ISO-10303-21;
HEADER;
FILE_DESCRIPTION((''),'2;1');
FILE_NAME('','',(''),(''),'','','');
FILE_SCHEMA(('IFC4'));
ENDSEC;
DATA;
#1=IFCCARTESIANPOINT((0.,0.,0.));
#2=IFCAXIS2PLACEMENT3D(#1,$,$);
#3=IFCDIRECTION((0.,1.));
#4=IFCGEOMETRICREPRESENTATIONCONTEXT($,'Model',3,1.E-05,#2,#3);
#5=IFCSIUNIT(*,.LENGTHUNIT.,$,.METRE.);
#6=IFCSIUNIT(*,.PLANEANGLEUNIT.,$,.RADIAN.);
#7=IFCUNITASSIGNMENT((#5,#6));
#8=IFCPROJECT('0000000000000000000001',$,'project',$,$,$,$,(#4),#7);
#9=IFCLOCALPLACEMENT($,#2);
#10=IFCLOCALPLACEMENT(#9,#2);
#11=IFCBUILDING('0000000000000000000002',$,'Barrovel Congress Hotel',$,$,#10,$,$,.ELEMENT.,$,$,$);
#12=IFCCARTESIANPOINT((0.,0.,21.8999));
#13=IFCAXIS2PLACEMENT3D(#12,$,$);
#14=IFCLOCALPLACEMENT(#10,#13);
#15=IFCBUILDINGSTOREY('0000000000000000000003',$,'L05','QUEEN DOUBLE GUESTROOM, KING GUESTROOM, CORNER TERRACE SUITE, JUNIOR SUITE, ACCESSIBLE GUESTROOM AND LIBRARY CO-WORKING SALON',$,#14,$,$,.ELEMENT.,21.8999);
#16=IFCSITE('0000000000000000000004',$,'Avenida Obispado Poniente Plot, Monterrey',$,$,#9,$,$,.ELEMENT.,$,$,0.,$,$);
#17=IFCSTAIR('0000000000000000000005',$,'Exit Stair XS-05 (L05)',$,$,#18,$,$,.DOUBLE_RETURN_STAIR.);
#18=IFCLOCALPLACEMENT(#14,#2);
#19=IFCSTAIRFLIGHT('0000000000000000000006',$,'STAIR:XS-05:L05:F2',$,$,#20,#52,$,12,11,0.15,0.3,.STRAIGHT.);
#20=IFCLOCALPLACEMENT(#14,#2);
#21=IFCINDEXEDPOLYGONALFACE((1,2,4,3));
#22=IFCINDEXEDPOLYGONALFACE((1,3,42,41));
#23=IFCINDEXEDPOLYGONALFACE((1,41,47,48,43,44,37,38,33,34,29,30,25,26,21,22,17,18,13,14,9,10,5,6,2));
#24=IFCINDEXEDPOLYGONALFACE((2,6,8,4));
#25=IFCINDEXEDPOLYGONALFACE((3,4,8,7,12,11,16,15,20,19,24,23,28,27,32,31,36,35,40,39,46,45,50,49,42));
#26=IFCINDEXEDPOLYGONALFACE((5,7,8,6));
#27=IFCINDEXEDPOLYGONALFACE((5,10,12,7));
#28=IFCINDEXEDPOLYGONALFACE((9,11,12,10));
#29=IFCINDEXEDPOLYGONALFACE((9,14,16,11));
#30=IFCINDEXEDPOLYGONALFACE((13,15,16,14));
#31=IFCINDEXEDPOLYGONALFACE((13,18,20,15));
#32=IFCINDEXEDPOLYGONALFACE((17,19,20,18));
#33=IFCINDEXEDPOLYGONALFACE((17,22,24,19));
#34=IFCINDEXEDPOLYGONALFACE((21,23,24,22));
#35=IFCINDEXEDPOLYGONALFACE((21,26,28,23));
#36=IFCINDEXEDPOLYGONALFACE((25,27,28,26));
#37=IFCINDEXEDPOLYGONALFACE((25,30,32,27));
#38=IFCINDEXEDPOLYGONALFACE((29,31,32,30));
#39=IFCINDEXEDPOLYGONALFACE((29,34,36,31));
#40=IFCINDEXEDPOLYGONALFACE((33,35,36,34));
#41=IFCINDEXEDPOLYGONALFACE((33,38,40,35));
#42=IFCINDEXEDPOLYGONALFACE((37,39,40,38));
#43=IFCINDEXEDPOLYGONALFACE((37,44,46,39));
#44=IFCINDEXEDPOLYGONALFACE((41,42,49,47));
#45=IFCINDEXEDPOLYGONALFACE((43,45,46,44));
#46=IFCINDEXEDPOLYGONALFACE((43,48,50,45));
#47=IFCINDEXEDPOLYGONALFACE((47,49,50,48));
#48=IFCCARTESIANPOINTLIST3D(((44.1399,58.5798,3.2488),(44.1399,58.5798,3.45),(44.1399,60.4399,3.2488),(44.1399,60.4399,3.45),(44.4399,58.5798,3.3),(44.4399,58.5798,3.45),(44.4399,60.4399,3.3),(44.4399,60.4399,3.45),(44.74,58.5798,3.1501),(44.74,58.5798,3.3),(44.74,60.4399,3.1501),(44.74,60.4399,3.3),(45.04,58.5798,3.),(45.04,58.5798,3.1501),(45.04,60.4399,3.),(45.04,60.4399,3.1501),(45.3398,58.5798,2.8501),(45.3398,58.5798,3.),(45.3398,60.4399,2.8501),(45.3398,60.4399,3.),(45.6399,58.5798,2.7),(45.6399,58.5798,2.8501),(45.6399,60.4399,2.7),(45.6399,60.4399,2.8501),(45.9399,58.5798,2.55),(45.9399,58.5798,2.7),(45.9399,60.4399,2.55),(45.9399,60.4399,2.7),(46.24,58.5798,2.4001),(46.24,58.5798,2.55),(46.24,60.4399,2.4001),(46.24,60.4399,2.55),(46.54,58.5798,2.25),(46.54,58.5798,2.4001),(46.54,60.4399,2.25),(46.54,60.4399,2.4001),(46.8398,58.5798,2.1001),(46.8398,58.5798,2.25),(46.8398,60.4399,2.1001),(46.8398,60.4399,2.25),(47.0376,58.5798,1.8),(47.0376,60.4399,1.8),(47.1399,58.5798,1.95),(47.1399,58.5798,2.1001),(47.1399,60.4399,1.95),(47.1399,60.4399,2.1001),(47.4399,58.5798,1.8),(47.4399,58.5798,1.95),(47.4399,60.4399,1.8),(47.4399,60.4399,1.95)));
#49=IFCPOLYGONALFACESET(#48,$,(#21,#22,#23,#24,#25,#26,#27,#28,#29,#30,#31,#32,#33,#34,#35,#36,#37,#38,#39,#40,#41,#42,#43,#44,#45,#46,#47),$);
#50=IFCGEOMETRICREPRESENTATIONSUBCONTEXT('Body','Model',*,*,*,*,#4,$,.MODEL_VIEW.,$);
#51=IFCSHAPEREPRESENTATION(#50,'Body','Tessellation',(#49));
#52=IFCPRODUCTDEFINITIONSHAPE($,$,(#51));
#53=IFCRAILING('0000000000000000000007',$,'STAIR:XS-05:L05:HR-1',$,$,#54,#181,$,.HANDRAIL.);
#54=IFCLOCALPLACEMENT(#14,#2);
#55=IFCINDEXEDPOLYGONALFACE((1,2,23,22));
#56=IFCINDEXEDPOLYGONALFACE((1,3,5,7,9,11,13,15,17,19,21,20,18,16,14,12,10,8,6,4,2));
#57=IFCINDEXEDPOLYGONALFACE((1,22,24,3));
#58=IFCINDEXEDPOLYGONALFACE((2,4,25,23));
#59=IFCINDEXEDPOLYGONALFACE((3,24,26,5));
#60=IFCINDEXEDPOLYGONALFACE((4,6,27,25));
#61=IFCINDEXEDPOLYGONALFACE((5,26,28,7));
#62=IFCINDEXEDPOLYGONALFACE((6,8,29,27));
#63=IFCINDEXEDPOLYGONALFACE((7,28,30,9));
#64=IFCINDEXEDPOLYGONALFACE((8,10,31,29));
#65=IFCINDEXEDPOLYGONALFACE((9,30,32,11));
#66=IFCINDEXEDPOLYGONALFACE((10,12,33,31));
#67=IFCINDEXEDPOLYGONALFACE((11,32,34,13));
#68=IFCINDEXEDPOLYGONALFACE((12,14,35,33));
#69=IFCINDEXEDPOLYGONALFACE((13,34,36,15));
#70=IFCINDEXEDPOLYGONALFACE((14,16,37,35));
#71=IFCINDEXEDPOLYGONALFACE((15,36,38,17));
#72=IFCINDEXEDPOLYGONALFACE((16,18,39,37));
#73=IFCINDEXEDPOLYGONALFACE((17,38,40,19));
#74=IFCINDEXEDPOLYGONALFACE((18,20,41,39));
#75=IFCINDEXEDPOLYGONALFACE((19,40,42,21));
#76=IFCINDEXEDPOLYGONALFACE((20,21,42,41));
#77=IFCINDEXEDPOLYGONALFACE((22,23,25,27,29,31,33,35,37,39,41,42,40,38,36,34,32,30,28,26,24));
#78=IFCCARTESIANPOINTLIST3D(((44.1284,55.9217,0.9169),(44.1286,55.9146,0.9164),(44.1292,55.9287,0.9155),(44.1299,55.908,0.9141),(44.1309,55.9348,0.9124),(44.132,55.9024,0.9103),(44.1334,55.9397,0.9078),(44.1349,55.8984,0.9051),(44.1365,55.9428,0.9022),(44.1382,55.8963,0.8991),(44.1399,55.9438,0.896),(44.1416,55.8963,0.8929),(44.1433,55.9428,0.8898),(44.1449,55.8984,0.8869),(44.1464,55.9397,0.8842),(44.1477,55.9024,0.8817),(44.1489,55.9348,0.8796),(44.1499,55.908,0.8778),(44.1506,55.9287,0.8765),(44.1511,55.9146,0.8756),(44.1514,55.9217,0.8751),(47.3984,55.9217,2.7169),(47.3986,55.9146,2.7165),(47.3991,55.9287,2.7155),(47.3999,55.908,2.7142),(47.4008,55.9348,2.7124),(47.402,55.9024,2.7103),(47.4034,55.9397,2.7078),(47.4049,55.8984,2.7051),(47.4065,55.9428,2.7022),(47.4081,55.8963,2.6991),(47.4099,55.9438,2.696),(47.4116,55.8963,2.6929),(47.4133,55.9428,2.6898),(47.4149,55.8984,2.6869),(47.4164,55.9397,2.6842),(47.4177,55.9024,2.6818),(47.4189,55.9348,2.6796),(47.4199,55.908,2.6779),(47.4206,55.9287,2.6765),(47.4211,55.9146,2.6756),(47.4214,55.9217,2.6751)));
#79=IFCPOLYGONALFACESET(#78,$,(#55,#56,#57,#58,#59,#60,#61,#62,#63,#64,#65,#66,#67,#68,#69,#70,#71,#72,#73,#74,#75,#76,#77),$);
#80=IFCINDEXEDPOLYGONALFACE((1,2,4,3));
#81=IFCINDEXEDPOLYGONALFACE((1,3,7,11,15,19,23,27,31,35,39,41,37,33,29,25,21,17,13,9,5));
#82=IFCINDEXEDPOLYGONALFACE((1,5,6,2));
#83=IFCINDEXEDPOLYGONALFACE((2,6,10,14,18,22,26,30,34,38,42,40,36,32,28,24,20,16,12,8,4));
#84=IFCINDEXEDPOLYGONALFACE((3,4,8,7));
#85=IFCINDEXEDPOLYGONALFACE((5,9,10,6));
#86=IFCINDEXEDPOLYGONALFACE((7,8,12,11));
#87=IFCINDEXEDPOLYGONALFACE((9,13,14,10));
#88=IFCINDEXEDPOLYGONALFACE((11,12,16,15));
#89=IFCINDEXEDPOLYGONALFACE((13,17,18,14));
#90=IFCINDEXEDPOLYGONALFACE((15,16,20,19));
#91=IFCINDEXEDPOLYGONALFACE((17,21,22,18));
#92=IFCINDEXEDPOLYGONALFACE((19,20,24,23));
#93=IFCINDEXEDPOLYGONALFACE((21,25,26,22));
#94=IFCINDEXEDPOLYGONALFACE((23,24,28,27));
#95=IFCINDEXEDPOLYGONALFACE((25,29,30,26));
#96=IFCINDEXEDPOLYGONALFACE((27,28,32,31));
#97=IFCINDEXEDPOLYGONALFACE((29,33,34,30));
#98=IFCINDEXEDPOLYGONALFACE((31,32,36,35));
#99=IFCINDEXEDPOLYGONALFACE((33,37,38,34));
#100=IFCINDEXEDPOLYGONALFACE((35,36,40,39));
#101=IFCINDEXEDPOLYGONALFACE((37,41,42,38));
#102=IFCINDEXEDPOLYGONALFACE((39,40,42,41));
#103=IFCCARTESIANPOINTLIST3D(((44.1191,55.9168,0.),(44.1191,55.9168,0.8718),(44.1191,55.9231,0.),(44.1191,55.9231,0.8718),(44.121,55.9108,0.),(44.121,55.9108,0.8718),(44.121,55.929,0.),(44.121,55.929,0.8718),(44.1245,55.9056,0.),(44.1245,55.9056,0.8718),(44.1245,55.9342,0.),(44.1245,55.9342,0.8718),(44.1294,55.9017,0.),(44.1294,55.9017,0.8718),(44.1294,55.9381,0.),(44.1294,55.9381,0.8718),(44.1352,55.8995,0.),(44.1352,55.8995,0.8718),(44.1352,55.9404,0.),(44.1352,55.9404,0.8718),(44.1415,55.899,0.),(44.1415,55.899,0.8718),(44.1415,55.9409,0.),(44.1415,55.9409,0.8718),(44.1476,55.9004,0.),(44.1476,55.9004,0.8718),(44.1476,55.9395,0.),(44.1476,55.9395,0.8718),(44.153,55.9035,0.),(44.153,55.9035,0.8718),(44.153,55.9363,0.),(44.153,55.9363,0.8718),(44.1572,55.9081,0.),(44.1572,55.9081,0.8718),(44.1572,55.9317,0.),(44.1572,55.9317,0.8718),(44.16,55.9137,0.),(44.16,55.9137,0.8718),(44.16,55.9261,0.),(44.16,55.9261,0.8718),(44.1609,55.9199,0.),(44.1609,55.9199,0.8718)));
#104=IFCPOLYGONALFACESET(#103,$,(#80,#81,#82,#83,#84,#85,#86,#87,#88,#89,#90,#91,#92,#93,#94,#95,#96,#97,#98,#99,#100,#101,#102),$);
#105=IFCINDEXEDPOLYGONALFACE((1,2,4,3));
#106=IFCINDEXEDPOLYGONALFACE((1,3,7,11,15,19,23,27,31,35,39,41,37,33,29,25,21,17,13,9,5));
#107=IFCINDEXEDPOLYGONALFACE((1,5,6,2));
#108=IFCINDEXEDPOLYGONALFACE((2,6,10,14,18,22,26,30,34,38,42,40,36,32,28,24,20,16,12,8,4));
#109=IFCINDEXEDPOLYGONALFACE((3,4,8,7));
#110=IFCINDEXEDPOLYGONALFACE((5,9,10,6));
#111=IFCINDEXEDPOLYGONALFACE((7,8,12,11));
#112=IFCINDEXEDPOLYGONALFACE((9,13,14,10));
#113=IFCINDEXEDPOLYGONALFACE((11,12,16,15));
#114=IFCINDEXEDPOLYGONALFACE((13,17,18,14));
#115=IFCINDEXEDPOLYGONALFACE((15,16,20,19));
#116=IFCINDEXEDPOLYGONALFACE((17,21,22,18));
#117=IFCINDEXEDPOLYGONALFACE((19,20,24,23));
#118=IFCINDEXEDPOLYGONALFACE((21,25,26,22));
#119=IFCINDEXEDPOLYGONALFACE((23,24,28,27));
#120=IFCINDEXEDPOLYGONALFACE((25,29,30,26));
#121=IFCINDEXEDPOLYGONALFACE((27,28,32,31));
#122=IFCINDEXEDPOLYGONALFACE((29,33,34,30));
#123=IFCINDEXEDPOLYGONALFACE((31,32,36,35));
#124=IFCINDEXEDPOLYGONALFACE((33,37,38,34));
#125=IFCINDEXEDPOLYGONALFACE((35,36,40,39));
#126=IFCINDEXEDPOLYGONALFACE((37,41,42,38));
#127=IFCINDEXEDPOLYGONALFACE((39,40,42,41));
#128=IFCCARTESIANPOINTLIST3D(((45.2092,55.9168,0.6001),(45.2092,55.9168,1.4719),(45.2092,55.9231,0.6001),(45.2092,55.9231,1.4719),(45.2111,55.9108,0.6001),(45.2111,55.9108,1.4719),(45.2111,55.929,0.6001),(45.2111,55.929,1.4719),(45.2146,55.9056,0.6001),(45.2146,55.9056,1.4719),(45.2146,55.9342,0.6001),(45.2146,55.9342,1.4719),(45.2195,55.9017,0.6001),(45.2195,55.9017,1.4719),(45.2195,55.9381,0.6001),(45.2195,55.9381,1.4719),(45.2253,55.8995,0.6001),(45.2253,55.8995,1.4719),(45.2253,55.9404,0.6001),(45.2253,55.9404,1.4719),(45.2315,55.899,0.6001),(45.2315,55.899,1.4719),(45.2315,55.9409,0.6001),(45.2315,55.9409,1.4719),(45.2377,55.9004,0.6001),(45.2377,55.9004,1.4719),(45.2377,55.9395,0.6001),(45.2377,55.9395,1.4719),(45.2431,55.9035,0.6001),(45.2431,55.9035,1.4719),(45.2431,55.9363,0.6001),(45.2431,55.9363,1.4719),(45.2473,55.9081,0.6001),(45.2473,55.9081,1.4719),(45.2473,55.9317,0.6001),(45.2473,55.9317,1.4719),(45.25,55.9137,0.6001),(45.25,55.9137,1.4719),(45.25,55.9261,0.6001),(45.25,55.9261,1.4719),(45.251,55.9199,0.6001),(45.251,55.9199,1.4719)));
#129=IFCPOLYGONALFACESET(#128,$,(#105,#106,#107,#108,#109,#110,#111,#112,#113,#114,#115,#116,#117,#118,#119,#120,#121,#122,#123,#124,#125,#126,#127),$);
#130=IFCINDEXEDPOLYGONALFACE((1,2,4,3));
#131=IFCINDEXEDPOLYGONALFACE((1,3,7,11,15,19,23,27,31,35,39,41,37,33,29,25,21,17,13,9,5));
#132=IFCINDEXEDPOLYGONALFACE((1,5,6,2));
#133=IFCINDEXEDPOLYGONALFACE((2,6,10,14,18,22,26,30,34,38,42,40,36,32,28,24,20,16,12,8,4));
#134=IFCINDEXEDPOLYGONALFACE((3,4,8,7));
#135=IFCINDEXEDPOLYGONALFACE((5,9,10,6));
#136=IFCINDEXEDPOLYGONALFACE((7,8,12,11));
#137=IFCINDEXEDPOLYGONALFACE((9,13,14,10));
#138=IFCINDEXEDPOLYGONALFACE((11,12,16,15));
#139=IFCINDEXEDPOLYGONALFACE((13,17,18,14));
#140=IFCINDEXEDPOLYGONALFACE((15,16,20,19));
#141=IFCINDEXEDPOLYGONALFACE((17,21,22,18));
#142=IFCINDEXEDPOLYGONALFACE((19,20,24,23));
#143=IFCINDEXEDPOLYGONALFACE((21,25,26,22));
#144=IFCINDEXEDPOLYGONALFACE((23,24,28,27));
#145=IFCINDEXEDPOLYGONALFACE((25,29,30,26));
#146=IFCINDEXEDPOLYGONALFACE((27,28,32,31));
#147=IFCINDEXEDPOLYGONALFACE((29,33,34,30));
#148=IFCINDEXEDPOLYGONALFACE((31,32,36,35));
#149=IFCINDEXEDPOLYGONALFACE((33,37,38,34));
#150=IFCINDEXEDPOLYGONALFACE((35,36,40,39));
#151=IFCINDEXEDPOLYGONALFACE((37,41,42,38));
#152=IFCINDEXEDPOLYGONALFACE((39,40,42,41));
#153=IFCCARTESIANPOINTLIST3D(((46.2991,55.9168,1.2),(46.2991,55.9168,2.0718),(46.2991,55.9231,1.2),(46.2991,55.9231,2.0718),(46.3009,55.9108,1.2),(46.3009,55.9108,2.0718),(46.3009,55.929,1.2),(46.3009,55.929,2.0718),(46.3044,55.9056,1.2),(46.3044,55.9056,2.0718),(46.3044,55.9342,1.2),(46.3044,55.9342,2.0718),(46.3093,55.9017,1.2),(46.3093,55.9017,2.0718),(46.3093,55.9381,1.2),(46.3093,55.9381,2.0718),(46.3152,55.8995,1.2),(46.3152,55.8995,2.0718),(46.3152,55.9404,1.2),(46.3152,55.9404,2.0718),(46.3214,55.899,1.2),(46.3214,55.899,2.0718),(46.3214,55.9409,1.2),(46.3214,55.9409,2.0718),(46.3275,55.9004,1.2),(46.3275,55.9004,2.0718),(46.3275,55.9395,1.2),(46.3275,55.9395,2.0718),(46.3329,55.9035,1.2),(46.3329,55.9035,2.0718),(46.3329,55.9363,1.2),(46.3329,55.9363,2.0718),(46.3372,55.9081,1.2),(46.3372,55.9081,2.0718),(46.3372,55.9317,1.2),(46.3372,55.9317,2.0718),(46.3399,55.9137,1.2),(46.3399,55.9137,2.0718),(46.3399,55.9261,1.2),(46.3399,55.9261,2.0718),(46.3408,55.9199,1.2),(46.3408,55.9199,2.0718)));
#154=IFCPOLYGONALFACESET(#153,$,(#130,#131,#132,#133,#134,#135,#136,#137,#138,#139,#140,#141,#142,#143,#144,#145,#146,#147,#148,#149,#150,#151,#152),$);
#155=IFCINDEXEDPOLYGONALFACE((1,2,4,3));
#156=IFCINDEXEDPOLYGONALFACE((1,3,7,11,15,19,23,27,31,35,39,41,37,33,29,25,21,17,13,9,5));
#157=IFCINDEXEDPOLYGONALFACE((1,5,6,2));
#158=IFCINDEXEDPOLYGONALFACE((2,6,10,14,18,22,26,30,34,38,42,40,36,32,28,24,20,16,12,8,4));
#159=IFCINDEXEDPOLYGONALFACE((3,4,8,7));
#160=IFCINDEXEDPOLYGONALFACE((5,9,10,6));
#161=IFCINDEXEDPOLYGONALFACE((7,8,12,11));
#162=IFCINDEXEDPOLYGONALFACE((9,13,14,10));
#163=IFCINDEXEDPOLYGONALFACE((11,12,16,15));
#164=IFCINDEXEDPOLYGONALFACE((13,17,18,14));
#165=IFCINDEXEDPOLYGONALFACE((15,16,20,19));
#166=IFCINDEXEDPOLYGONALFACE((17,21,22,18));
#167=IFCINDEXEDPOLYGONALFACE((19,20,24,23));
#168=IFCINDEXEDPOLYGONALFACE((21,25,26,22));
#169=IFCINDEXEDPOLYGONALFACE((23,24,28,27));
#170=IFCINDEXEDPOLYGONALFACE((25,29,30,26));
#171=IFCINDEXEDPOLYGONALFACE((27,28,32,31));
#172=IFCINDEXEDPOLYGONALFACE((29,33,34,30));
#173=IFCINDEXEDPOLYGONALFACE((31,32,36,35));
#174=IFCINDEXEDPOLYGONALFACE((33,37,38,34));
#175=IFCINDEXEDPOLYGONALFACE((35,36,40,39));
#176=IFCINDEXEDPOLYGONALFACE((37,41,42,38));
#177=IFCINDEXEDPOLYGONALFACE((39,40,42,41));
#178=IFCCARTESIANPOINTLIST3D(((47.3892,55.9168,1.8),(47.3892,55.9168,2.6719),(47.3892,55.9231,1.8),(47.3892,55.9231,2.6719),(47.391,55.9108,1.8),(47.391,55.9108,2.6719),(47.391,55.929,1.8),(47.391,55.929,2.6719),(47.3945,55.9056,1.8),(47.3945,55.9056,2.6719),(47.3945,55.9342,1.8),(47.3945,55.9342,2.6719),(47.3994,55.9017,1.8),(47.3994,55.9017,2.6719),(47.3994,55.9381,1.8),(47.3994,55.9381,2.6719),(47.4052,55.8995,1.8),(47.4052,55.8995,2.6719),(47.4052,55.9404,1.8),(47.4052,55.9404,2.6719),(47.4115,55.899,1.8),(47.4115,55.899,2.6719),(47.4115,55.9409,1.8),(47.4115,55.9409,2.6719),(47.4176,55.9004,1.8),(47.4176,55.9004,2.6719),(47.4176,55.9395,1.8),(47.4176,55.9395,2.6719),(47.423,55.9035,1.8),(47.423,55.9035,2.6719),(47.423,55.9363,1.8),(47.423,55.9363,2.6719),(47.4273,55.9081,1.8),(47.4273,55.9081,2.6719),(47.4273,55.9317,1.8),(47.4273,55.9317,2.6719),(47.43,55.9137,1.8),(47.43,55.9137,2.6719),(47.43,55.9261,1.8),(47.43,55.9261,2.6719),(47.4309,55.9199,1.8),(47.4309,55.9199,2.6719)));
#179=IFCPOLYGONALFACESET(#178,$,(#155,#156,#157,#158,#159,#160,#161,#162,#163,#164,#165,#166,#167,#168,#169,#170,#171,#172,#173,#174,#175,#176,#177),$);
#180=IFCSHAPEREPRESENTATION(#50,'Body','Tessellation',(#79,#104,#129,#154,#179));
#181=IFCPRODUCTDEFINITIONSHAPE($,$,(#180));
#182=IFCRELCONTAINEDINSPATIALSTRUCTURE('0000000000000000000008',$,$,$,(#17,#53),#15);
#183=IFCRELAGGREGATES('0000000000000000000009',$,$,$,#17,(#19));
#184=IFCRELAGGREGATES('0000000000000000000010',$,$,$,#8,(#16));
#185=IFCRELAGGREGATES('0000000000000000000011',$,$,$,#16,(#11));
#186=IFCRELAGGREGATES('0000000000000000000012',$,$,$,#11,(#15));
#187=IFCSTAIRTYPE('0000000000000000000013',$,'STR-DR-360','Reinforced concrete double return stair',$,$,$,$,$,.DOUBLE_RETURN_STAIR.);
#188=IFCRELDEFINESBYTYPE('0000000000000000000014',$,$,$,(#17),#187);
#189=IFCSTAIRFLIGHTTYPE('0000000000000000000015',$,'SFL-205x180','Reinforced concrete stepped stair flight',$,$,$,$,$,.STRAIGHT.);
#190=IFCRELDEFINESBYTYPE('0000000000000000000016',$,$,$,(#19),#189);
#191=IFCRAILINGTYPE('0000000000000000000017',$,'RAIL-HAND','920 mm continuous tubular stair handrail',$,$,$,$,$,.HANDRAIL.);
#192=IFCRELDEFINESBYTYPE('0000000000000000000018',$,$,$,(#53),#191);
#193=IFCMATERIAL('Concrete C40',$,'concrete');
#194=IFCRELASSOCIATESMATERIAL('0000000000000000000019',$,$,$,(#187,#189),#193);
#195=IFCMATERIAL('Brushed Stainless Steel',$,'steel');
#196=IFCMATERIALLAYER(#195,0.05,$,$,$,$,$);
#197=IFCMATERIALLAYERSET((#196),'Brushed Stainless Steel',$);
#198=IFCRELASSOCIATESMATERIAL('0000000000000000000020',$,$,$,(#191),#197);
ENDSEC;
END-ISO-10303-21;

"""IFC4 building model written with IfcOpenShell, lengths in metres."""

from ifc_helpers import new_model, si_unit, direction, frame, origin, origin_2d, place, context, subcontext, project, spatial, polyline, circle, outline, extrude, material, layer, layer_set, type_object, element, aggregate, save


model = new_model("IFC4")

# Units and contexts
model_context = context("Model", 3, precision=1e-05, world=origin(), true_north=direction((0.0, 1.0)))
body_context = subcontext(model_context, "Body", "Model", "MODEL_VIEW")
ifc_project = project(units=[si_unit("LENGTHUNIT", "METRE"), si_unit("PLANEANGLEUNIT", "RADIAN")], contexts=[model_context])

# Site, building, storey
site_placement = place(None, origin())
site = spatial("IfcSite", under=ifc_project, at=site_placement, Name="Avenida Obispado Poniente Plot, Monterrey", CompositionType="ELEMENT", RefElevation=0.0)
building_placement = place(site_placement, origin())
building = spatial("IfcBuilding", under=site, at=building_placement, Name="Barrovel Congress Hotel", CompositionType="ELEMENT")
storey_placement = place(building_placement, frame((0.0, 0.0, 21.8999)))
storey = spatial("IfcBuildingStorey", under=building, at=storey_placement, Name="L05", Description="QUEEN DOUBLE GUESTROOM, KING GUESTROOM, CORNER TERRACE SUITE, JUNIOR SUITE, ACCESSIBLE GUESTROOM AND LIBRARY CO-WORKING SALON", CompositionType="ELEMENT", Elevation=21.8999)

# Shared definitions
ifc_material_1 = material(Name="Concrete C40", Category="concrete")

# Stair, stair flight
stair_type = type_object("IfcStairType", Name="STR-DR-360", Description="Reinforced concrete double return stair", PredefinedType="DOUBLE_RETURN_STAIR", material=ifc_material_1)
stair_placement = place(storey_placement, origin())
stair = element("IfcStair", 1, at=stair_placement, inside=storey, type_object=stair_type, Name="Exit Stair XS-05 (L05)", PredefinedType="DOUBLE_RETURN_STAIR")
stair_flight_type = type_object("IfcStairFlightType", Name="SFL-205x180", Description="Reinforced concrete stepped stair flight", PredefinedType="STRAIGHT", material=ifc_material_1)
stair_flight_1_placement = place(storey_placement, frame((47.4399, 59.51, 1.8), z_axis=(0.0, 0.0, 1.0), x_axis=(-1.0, 0.0, 0.0)))
stair_flight_1 = element("IfcStairFlight", 2, at=stair_flight_1_placement, type_object=stair_flight_type, Name="STAIR:XS-05:L05:F2", NumberOfRisers=12, NumberOfTreads=11, PredefinedType="STRAIGHT", RiserHeight=0.15, TreadLength=0.3, context=body_context, shape_type="SweptSolid", body=[
    extrude(outline(polyline([(0.0, 0.0), (0.0, 0.1499), (0.3, 0.1499), (0.3, 0.3), (0.6001, 0.3), (0.6001, 0.45), (0.8999, 0.45), (0.8999, 0.6001), (1.2, 0.6001), (1.2, 0.75), (1.5, 0.75), (1.5, 0.8999), (1.8, 0.8999), (1.8, 1.05), (2.1001, 1.05), (2.1001, 1.2), (2.3999, 1.2), (2.3999, 1.3501), (2.7, 1.3501), (2.7, 1.5), (3.0, 1.5), (3.0, 1.6499), (3.3, 1.6499), (3.3, 1.8), (3.3, 1.4487), (0.4023, 0.0), (0.0, 0.0)])), frame((0.0, 0.9302, 0.0), z_axis=(0.0, -1.0, 0.0), x_axis=(1.0, 0.0, 0.0)), (0.0, 0.0, 1.0), 1.8601),
])
aggregate(stair, [stair_flight_1])

# Railing
ifc_material_2 = material(Name="Brushed Stainless Steel", Category="steel")
ifc_layer_1 = layer(ifc_material_2, 0.05)
ifc_layer_set_1 = layer_set([ifc_layer_1], Name="Brushed Stainless Steel")
railing_type_1 = type_object("IfcRailingType", Name="RAIL-HAND", Description="920 mm continuous tubular stair handrail", PredefinedType="HANDRAIL", material=ifc_layer_set_1)
railing_1_placement = place(storey_placement, frame((44.1399, 55.9199, 0.0)))
element("IfcRailing", 3, at=railing_1_placement, inside=storey, type_object=railing_type_1, Name="STAIR:XS-05:L05:HR-1", PredefinedType="HANDRAIL", context=body_context, shape_type="SweptSolid", body=[
    extrude(circle(Radius=0.0239, at=origin_2d()), frame((0.0, 0.0, 0.896), z_axis=(0.876042, 0.0, 0.482235), x_axis=(0.0, 1.0, 0.0)), (0.0, 0.0, 1.0), 3.7327),
    extrude(circle(Radius=0.021, at=origin_2d()), origin(), (0.0, 0.0, 1.0), 0.8718),
    extrude(circle(Radius=0.021, at=origin_2d()), frame((1.0901, 0.0, 0.6001)), (0.0, 0.0, 1.0), 0.8718),
    extrude(circle(Radius=0.021, at=origin_2d()), frame((2.1799, 0.0, 1.2)), (0.0, 0.0, 1.0), 0.8718),
    extrude(circle(Radius=0.021, at=origin_2d()), frame((3.27, 0.0, 1.8)), (0.0, 0.0, 1.0), 0.8718),
])

save(model, "model.ifc")
